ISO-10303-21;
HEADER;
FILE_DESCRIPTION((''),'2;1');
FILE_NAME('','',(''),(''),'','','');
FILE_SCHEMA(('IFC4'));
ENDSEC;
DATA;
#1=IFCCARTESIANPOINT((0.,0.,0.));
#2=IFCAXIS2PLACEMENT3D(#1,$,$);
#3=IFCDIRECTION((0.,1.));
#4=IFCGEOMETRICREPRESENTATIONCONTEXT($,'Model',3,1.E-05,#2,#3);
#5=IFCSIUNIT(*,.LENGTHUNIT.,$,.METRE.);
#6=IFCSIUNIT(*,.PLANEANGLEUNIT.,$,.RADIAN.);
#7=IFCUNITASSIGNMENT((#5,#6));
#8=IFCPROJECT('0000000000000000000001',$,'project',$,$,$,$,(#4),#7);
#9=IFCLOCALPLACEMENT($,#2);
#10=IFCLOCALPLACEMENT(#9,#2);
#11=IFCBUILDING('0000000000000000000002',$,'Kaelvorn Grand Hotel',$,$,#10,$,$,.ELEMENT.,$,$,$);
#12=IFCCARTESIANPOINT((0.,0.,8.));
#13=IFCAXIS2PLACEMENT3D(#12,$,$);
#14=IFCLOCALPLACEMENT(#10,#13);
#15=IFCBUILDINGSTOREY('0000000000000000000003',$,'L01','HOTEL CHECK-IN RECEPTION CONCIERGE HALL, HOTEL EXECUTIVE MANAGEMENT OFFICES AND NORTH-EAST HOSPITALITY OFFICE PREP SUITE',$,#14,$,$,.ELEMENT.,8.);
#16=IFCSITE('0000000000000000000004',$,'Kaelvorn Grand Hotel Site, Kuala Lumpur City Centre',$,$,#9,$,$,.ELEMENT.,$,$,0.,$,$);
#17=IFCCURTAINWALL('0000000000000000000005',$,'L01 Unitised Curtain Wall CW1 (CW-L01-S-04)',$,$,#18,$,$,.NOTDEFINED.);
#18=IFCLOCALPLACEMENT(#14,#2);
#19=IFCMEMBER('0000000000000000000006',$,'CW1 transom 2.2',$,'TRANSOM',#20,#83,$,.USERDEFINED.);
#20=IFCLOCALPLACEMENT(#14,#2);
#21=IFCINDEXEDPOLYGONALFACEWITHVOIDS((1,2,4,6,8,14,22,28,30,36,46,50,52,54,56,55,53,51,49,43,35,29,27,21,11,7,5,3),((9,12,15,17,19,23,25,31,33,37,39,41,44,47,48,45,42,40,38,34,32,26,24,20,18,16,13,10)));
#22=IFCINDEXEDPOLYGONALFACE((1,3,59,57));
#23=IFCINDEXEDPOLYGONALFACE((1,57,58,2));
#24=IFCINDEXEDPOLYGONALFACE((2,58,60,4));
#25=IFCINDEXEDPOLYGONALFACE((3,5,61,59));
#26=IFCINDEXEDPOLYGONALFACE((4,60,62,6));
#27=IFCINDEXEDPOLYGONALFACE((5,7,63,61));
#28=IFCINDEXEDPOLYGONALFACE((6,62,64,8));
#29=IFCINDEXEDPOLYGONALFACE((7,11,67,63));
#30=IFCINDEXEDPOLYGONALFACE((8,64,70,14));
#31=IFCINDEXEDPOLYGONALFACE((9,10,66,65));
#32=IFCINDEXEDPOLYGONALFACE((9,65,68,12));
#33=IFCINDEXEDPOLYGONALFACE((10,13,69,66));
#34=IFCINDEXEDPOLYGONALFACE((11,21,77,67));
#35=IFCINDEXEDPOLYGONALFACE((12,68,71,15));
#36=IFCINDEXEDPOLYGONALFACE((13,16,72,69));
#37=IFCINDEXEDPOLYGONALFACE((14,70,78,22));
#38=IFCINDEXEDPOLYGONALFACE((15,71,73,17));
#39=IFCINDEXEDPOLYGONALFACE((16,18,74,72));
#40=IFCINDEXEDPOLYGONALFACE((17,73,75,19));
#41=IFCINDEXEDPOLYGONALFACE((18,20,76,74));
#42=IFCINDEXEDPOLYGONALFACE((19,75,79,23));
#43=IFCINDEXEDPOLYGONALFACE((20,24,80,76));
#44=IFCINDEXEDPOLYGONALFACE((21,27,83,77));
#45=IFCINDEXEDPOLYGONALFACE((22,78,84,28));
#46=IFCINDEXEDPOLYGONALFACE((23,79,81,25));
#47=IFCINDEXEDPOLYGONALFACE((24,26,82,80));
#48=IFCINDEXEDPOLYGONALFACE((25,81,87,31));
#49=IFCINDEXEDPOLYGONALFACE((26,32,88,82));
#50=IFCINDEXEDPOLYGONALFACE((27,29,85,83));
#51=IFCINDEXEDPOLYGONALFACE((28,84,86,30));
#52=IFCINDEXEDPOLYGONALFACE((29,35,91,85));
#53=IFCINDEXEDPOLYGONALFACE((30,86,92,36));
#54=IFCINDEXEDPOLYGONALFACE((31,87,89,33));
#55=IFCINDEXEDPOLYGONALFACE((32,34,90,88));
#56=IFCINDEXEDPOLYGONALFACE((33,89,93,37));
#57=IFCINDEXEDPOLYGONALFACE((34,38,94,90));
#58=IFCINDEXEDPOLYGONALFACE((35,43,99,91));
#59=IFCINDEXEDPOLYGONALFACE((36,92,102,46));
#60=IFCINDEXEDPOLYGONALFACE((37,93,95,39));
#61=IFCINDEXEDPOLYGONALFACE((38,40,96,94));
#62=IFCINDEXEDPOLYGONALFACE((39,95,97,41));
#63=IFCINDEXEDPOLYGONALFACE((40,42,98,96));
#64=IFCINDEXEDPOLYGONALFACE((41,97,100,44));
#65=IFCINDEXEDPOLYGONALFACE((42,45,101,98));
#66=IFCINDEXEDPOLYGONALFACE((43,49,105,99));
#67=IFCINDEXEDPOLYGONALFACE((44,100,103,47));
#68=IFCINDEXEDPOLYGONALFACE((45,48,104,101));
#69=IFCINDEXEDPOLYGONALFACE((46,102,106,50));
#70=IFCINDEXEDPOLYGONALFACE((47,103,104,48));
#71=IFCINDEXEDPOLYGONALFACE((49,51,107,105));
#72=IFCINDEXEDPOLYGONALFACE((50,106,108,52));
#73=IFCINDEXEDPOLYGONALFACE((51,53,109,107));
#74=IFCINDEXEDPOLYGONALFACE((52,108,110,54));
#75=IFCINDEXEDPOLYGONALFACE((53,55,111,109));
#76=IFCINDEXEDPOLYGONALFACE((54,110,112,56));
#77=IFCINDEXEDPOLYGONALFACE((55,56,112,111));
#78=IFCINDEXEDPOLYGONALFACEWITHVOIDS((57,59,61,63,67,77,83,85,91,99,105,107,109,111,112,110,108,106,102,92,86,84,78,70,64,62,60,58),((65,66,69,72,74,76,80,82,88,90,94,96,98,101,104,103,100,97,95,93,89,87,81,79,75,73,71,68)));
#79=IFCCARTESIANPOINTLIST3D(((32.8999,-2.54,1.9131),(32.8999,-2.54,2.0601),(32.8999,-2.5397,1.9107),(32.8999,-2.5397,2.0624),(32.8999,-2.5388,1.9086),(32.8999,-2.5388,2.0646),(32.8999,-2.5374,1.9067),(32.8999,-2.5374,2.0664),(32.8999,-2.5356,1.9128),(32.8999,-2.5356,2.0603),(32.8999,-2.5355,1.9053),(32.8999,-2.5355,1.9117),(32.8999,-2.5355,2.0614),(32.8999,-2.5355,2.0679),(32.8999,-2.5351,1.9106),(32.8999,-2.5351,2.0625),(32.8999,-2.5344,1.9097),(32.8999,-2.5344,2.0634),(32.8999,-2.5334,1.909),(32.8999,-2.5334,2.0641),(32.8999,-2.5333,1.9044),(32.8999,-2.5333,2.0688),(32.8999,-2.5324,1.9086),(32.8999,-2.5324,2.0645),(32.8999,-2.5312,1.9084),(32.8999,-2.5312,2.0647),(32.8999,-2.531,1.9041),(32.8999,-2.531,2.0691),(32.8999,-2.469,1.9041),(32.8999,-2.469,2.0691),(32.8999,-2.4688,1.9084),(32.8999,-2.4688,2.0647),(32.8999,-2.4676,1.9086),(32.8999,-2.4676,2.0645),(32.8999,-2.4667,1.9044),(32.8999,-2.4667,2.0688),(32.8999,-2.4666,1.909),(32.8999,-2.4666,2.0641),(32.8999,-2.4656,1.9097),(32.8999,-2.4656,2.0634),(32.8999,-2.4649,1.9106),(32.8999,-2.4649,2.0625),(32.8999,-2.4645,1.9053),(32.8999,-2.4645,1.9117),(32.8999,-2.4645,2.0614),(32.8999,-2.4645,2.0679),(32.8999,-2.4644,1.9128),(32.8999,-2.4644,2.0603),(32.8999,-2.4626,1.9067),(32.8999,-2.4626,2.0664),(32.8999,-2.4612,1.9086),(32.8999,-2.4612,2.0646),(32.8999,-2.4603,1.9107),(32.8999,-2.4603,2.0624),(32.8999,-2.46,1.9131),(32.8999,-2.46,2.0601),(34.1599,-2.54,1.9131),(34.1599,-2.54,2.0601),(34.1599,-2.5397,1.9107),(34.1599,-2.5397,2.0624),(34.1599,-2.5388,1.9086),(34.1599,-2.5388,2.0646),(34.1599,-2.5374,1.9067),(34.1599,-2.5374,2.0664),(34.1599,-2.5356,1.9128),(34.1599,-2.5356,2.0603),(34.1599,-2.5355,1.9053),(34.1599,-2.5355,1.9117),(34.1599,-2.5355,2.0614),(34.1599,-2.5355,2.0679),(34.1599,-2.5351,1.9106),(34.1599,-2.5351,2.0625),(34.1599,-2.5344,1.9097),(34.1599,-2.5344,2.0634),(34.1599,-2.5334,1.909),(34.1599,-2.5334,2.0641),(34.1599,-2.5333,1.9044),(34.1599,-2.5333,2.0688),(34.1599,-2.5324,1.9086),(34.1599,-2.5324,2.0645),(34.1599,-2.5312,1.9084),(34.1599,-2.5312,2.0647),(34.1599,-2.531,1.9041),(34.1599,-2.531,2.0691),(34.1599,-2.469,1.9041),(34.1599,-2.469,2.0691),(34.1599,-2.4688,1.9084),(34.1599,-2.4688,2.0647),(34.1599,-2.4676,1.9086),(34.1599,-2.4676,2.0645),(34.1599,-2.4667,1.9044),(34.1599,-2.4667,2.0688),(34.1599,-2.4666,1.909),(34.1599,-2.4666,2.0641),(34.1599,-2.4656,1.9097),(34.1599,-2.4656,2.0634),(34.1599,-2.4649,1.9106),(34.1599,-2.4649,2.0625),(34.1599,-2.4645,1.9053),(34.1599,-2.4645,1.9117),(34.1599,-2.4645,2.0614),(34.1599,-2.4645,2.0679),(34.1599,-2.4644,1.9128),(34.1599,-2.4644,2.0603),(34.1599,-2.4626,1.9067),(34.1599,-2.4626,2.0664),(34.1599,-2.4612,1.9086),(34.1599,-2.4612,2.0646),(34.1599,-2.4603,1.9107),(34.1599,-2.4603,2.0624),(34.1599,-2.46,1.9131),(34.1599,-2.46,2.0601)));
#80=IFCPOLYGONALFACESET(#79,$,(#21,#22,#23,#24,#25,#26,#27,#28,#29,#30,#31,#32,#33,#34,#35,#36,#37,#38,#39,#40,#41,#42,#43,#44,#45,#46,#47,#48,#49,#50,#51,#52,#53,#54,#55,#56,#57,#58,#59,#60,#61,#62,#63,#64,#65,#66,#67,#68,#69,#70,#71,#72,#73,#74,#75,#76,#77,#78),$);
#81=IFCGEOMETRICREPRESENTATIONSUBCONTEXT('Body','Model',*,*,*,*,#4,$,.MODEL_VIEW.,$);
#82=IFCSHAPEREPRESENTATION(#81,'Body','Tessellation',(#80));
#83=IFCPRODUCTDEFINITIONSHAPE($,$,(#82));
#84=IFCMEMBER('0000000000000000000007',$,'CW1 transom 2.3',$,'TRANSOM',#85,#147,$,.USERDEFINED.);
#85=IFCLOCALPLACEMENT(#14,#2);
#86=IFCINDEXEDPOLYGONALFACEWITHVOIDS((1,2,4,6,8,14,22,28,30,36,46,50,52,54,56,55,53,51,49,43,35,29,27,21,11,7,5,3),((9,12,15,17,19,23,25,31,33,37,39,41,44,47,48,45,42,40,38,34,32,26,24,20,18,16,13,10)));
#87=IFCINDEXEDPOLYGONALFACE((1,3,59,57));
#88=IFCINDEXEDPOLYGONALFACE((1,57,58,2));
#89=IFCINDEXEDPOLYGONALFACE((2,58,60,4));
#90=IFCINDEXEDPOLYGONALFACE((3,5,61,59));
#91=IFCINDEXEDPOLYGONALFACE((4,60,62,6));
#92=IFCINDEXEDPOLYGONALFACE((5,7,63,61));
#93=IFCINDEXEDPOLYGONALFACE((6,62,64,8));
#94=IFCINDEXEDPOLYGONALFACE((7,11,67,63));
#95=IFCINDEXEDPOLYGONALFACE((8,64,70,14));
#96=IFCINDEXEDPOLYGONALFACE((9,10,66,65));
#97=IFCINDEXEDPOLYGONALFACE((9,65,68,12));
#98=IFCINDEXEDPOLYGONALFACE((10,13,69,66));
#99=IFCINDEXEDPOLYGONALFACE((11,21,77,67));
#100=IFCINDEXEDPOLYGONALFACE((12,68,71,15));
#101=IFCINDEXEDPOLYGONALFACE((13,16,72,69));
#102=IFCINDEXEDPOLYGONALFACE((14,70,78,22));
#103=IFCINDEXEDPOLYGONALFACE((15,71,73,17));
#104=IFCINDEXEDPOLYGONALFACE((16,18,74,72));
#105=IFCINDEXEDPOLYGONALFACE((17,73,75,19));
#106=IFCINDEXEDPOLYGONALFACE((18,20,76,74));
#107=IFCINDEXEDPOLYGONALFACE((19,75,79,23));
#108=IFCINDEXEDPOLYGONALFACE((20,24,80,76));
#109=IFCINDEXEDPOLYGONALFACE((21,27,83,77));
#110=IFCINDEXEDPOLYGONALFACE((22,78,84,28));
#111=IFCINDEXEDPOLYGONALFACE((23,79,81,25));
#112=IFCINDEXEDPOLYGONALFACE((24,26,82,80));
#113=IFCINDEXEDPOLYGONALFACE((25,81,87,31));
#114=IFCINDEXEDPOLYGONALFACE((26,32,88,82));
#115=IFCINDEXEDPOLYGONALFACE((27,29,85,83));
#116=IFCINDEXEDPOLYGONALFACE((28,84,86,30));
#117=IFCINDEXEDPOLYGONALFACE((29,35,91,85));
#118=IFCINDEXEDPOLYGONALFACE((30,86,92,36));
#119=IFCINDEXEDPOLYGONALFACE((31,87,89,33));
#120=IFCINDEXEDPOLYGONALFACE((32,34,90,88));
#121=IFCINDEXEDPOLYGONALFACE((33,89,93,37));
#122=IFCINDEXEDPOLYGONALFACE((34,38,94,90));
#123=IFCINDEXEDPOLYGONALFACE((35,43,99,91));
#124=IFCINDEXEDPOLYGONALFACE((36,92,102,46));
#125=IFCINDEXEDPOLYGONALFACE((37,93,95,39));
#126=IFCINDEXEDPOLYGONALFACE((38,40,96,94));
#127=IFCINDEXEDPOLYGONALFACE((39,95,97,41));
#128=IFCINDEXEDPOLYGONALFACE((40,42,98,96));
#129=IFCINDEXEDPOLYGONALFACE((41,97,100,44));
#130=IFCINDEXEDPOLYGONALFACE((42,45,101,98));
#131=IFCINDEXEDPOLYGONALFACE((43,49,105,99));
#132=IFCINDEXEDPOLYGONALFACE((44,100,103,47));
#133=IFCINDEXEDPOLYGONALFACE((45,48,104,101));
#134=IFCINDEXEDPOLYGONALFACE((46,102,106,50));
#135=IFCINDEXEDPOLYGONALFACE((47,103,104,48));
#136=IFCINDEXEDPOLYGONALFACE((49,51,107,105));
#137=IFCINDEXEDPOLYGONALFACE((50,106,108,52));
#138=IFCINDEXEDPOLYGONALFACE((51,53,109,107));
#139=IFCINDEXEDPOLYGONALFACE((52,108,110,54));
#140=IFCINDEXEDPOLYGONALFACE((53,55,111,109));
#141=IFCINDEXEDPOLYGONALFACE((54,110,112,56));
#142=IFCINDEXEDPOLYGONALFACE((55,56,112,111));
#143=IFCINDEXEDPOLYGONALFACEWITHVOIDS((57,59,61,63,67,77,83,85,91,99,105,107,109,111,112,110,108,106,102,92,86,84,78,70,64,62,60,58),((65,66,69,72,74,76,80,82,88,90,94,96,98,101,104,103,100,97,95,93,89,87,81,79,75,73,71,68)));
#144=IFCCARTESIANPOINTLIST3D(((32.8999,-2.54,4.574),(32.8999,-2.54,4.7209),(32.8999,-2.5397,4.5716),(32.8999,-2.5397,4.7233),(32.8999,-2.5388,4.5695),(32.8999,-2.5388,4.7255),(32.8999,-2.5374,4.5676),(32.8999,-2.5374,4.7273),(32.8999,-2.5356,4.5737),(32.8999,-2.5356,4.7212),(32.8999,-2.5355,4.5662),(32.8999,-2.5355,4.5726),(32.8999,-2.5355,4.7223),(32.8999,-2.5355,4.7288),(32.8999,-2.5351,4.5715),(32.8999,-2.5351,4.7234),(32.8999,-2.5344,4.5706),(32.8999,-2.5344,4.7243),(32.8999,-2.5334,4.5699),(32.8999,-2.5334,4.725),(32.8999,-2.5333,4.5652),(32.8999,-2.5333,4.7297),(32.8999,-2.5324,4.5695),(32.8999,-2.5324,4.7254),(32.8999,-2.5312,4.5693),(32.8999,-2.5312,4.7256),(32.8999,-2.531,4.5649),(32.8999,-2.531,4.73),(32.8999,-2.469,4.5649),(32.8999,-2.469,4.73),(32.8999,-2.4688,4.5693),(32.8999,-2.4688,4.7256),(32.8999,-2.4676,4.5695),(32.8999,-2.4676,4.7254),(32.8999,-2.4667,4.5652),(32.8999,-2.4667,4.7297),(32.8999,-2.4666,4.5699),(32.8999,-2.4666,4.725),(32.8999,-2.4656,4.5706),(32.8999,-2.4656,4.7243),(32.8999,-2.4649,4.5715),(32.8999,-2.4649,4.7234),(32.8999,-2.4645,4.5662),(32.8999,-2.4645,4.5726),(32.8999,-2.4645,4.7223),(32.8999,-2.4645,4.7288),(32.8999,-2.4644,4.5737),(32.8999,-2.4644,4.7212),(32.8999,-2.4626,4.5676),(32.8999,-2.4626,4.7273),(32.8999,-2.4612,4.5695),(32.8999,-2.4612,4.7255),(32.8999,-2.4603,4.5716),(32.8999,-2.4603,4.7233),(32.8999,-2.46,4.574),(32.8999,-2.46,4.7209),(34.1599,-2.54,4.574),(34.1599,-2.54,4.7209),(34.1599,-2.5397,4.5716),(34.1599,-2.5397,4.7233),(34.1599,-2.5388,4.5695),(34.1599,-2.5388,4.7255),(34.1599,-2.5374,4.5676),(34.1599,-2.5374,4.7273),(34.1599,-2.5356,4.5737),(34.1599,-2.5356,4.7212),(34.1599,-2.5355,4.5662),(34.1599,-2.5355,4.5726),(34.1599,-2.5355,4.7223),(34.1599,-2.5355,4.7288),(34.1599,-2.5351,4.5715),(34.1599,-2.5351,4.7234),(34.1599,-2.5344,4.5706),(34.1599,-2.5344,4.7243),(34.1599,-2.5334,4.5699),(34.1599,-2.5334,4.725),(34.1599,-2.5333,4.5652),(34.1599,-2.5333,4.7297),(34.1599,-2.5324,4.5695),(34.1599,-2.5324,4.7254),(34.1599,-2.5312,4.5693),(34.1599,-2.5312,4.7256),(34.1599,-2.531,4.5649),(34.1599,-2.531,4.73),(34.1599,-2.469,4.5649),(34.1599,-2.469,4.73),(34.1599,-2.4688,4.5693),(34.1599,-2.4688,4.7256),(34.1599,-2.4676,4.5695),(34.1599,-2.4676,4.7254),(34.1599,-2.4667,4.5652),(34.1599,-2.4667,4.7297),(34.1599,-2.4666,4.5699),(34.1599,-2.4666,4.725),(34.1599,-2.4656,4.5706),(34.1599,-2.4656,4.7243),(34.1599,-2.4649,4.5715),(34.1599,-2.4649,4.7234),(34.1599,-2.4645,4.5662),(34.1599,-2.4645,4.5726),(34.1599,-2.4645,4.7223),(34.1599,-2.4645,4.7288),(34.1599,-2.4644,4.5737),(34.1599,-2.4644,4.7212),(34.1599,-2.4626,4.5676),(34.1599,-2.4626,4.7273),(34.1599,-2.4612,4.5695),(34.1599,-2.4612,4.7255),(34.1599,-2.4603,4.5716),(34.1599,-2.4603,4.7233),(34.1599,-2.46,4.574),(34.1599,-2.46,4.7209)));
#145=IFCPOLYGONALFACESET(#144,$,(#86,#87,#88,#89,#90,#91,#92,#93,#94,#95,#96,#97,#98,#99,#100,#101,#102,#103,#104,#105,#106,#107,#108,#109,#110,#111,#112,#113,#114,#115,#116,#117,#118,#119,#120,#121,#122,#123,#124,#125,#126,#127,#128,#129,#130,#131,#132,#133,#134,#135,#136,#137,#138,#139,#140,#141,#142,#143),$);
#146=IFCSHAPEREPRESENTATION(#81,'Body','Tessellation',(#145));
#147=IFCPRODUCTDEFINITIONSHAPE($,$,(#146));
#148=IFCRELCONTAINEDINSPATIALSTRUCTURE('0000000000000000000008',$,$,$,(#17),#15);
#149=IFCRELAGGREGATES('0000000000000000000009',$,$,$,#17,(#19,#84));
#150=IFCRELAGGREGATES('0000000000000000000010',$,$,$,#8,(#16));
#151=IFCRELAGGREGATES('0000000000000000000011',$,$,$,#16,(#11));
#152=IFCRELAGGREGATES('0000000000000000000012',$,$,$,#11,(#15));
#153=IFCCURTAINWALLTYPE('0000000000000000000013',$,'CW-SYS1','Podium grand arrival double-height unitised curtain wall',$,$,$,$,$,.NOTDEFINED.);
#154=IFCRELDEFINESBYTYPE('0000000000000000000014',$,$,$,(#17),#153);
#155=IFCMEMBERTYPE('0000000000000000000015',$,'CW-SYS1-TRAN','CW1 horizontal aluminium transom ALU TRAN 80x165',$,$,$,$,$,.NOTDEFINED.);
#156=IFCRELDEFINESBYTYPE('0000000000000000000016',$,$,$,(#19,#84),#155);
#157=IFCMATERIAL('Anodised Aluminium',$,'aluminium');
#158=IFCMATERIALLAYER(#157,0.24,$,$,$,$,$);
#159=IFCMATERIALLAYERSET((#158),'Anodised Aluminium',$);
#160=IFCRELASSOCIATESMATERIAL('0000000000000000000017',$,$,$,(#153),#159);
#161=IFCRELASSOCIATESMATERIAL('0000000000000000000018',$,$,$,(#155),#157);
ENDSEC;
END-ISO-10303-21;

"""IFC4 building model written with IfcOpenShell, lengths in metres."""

from ifc_helpers import new_model, si_unit, direction, frame, origin, origin_2d, place, context, subcontext, project, spatial, hollow_rectangle, extrude, material, layer, layer_set, material_profile, profile_set, type_object, element, aggregate, save


model = new_model("IFC4")

# Units and contexts
model_context = context("Model", 3, precision=1e-05, world=origin(), true_north=direction((0.0, 1.0)))
body_context = subcontext(model_context, "Body", "Model", "MODEL_VIEW")
ifc_project = project(units=[si_unit("LENGTHUNIT", "METRE"), si_unit("PLANEANGLEUNIT", "RADIAN")], contexts=[model_context])

# Site, building, storey
site_placement = place(None, origin())
site = spatial("IfcSite", under=ifc_project, at=site_placement, Name="Kaelvorn Grand Hotel Site, Kuala Lumpur City Centre", CompositionType="ELEMENT", RefElevation=0.0)
building_placement = place(site_placement, origin())
building = spatial("IfcBuilding", under=site, at=building_placement, Name="Kaelvorn Grand Hotel", CompositionType="ELEMENT")
storey_placement = place(building_placement, frame((0.0, 0.0, 8.0)))
storey = spatial("IfcBuildingStorey", under=building, at=storey_placement, Name="L01", Description="HOTEL CHECK-IN RECEPTION CONCIERGE HALL, HOTEL EXECUTIVE MANAGEMENT OFFICES AND NORTH-EAST HOSPITALITY OFFICE PREP SUITE", CompositionType="ELEMENT", Elevation=8.0)

# Shared definitions
ifc_material_1 = material(Name="Anodised Aluminium", Category="aluminium")
ifc_layer_1 = layer(ifc_material_1, 0.24)
ifc_layer_set_1 = layer_set([ifc_layer_1], Name="Anodised Aluminium")
curtain_wall_type = type_object("IfcCurtainWallType", Name="CW-SYS1", Description="Podium grand arrival double-height unitised curtain wall", PredefinedType="NOTDEFINED", material=ifc_layer_set_1)

# Curtain wall
curtain_wall_1_placement = place(storey_placement, origin())
curtain_wall_1 = element("IfcCurtainWall", 1, at=curtain_wall_1_placement, inside=storey, type_object=curtain_wall_type, Name="L01 Unitised Curtain Wall CW1 (CW-L01-S-04)", PredefinedType="NOTDEFINED")

# Members
ifc_material_profile_1 = material_profile(ifc_material_1, hollow_rectangle(XDim=0.0801, YDim=0.165, WallThickness=0.0044, InnerFilletRadius=0.0044, OuterFilletRadius=0.009, at=origin_2d()), Name="ALU TRAN 80x165")
ifc_profile_set_1 = profile_set([ifc_material_profile_1], Name="Anodised Aluminium")
member_type_1 = type_object("IfcMemberType", Name="CW-SYS1-TRAN", Description="CW1 horizontal aluminium transom ALU TRAN 80x165", PredefinedType="NOTDEFINED", material=ifc_profile_set_1)
member_1_placement = place(storey_placement, frame((32.8999, -2.5, 1.9866), z_axis=(1.0, 0.0, 0.0), x_axis=(0.0, 1.0, 0.0)))
member_1 = element("IfcMember", 2, at=member_1_placement, type_object=member_type_1, Name="CW1 transom 2.2", ObjectType="TRANSOM", PredefinedType="USERDEFINED", context=body_context, shape_type="SweptSolid", body=[
    extrude(hollow_rectangle(XDim=0.0801, YDim=0.165, WallThickness=0.0044, InnerFilletRadius=0.0044, OuterFilletRadius=0.009, at=origin_2d()), origin(), (0.0, 0.0, 1.0), 1.26),
])
member_2_placement = place(storey_placement, frame((32.8999, -2.5, 4.6475), z_axis=(1.0, 0.0, 0.0), x_axis=(0.0, 1.0, 0.0)))
member_2 = element("IfcMember", 3, at=member_2_placement, type_object=member_type_1, Name="CW1 transom 2.3", ObjectType="TRANSOM", PredefinedType="USERDEFINED", context=body_context, shape_type="SweptSolid", body=[
    extrude(hollow_rectangle(XDim=0.0801, YDim=0.165, WallThickness=0.0044, InnerFilletRadius=0.0044, OuterFilletRadius=0.009, at=origin_2d()), origin(), (0.0, 0.0, 1.0), 1.26),
])

aggregate(curtain_wall_1, [member_1, member_2])

save(model, "model.ifc")
